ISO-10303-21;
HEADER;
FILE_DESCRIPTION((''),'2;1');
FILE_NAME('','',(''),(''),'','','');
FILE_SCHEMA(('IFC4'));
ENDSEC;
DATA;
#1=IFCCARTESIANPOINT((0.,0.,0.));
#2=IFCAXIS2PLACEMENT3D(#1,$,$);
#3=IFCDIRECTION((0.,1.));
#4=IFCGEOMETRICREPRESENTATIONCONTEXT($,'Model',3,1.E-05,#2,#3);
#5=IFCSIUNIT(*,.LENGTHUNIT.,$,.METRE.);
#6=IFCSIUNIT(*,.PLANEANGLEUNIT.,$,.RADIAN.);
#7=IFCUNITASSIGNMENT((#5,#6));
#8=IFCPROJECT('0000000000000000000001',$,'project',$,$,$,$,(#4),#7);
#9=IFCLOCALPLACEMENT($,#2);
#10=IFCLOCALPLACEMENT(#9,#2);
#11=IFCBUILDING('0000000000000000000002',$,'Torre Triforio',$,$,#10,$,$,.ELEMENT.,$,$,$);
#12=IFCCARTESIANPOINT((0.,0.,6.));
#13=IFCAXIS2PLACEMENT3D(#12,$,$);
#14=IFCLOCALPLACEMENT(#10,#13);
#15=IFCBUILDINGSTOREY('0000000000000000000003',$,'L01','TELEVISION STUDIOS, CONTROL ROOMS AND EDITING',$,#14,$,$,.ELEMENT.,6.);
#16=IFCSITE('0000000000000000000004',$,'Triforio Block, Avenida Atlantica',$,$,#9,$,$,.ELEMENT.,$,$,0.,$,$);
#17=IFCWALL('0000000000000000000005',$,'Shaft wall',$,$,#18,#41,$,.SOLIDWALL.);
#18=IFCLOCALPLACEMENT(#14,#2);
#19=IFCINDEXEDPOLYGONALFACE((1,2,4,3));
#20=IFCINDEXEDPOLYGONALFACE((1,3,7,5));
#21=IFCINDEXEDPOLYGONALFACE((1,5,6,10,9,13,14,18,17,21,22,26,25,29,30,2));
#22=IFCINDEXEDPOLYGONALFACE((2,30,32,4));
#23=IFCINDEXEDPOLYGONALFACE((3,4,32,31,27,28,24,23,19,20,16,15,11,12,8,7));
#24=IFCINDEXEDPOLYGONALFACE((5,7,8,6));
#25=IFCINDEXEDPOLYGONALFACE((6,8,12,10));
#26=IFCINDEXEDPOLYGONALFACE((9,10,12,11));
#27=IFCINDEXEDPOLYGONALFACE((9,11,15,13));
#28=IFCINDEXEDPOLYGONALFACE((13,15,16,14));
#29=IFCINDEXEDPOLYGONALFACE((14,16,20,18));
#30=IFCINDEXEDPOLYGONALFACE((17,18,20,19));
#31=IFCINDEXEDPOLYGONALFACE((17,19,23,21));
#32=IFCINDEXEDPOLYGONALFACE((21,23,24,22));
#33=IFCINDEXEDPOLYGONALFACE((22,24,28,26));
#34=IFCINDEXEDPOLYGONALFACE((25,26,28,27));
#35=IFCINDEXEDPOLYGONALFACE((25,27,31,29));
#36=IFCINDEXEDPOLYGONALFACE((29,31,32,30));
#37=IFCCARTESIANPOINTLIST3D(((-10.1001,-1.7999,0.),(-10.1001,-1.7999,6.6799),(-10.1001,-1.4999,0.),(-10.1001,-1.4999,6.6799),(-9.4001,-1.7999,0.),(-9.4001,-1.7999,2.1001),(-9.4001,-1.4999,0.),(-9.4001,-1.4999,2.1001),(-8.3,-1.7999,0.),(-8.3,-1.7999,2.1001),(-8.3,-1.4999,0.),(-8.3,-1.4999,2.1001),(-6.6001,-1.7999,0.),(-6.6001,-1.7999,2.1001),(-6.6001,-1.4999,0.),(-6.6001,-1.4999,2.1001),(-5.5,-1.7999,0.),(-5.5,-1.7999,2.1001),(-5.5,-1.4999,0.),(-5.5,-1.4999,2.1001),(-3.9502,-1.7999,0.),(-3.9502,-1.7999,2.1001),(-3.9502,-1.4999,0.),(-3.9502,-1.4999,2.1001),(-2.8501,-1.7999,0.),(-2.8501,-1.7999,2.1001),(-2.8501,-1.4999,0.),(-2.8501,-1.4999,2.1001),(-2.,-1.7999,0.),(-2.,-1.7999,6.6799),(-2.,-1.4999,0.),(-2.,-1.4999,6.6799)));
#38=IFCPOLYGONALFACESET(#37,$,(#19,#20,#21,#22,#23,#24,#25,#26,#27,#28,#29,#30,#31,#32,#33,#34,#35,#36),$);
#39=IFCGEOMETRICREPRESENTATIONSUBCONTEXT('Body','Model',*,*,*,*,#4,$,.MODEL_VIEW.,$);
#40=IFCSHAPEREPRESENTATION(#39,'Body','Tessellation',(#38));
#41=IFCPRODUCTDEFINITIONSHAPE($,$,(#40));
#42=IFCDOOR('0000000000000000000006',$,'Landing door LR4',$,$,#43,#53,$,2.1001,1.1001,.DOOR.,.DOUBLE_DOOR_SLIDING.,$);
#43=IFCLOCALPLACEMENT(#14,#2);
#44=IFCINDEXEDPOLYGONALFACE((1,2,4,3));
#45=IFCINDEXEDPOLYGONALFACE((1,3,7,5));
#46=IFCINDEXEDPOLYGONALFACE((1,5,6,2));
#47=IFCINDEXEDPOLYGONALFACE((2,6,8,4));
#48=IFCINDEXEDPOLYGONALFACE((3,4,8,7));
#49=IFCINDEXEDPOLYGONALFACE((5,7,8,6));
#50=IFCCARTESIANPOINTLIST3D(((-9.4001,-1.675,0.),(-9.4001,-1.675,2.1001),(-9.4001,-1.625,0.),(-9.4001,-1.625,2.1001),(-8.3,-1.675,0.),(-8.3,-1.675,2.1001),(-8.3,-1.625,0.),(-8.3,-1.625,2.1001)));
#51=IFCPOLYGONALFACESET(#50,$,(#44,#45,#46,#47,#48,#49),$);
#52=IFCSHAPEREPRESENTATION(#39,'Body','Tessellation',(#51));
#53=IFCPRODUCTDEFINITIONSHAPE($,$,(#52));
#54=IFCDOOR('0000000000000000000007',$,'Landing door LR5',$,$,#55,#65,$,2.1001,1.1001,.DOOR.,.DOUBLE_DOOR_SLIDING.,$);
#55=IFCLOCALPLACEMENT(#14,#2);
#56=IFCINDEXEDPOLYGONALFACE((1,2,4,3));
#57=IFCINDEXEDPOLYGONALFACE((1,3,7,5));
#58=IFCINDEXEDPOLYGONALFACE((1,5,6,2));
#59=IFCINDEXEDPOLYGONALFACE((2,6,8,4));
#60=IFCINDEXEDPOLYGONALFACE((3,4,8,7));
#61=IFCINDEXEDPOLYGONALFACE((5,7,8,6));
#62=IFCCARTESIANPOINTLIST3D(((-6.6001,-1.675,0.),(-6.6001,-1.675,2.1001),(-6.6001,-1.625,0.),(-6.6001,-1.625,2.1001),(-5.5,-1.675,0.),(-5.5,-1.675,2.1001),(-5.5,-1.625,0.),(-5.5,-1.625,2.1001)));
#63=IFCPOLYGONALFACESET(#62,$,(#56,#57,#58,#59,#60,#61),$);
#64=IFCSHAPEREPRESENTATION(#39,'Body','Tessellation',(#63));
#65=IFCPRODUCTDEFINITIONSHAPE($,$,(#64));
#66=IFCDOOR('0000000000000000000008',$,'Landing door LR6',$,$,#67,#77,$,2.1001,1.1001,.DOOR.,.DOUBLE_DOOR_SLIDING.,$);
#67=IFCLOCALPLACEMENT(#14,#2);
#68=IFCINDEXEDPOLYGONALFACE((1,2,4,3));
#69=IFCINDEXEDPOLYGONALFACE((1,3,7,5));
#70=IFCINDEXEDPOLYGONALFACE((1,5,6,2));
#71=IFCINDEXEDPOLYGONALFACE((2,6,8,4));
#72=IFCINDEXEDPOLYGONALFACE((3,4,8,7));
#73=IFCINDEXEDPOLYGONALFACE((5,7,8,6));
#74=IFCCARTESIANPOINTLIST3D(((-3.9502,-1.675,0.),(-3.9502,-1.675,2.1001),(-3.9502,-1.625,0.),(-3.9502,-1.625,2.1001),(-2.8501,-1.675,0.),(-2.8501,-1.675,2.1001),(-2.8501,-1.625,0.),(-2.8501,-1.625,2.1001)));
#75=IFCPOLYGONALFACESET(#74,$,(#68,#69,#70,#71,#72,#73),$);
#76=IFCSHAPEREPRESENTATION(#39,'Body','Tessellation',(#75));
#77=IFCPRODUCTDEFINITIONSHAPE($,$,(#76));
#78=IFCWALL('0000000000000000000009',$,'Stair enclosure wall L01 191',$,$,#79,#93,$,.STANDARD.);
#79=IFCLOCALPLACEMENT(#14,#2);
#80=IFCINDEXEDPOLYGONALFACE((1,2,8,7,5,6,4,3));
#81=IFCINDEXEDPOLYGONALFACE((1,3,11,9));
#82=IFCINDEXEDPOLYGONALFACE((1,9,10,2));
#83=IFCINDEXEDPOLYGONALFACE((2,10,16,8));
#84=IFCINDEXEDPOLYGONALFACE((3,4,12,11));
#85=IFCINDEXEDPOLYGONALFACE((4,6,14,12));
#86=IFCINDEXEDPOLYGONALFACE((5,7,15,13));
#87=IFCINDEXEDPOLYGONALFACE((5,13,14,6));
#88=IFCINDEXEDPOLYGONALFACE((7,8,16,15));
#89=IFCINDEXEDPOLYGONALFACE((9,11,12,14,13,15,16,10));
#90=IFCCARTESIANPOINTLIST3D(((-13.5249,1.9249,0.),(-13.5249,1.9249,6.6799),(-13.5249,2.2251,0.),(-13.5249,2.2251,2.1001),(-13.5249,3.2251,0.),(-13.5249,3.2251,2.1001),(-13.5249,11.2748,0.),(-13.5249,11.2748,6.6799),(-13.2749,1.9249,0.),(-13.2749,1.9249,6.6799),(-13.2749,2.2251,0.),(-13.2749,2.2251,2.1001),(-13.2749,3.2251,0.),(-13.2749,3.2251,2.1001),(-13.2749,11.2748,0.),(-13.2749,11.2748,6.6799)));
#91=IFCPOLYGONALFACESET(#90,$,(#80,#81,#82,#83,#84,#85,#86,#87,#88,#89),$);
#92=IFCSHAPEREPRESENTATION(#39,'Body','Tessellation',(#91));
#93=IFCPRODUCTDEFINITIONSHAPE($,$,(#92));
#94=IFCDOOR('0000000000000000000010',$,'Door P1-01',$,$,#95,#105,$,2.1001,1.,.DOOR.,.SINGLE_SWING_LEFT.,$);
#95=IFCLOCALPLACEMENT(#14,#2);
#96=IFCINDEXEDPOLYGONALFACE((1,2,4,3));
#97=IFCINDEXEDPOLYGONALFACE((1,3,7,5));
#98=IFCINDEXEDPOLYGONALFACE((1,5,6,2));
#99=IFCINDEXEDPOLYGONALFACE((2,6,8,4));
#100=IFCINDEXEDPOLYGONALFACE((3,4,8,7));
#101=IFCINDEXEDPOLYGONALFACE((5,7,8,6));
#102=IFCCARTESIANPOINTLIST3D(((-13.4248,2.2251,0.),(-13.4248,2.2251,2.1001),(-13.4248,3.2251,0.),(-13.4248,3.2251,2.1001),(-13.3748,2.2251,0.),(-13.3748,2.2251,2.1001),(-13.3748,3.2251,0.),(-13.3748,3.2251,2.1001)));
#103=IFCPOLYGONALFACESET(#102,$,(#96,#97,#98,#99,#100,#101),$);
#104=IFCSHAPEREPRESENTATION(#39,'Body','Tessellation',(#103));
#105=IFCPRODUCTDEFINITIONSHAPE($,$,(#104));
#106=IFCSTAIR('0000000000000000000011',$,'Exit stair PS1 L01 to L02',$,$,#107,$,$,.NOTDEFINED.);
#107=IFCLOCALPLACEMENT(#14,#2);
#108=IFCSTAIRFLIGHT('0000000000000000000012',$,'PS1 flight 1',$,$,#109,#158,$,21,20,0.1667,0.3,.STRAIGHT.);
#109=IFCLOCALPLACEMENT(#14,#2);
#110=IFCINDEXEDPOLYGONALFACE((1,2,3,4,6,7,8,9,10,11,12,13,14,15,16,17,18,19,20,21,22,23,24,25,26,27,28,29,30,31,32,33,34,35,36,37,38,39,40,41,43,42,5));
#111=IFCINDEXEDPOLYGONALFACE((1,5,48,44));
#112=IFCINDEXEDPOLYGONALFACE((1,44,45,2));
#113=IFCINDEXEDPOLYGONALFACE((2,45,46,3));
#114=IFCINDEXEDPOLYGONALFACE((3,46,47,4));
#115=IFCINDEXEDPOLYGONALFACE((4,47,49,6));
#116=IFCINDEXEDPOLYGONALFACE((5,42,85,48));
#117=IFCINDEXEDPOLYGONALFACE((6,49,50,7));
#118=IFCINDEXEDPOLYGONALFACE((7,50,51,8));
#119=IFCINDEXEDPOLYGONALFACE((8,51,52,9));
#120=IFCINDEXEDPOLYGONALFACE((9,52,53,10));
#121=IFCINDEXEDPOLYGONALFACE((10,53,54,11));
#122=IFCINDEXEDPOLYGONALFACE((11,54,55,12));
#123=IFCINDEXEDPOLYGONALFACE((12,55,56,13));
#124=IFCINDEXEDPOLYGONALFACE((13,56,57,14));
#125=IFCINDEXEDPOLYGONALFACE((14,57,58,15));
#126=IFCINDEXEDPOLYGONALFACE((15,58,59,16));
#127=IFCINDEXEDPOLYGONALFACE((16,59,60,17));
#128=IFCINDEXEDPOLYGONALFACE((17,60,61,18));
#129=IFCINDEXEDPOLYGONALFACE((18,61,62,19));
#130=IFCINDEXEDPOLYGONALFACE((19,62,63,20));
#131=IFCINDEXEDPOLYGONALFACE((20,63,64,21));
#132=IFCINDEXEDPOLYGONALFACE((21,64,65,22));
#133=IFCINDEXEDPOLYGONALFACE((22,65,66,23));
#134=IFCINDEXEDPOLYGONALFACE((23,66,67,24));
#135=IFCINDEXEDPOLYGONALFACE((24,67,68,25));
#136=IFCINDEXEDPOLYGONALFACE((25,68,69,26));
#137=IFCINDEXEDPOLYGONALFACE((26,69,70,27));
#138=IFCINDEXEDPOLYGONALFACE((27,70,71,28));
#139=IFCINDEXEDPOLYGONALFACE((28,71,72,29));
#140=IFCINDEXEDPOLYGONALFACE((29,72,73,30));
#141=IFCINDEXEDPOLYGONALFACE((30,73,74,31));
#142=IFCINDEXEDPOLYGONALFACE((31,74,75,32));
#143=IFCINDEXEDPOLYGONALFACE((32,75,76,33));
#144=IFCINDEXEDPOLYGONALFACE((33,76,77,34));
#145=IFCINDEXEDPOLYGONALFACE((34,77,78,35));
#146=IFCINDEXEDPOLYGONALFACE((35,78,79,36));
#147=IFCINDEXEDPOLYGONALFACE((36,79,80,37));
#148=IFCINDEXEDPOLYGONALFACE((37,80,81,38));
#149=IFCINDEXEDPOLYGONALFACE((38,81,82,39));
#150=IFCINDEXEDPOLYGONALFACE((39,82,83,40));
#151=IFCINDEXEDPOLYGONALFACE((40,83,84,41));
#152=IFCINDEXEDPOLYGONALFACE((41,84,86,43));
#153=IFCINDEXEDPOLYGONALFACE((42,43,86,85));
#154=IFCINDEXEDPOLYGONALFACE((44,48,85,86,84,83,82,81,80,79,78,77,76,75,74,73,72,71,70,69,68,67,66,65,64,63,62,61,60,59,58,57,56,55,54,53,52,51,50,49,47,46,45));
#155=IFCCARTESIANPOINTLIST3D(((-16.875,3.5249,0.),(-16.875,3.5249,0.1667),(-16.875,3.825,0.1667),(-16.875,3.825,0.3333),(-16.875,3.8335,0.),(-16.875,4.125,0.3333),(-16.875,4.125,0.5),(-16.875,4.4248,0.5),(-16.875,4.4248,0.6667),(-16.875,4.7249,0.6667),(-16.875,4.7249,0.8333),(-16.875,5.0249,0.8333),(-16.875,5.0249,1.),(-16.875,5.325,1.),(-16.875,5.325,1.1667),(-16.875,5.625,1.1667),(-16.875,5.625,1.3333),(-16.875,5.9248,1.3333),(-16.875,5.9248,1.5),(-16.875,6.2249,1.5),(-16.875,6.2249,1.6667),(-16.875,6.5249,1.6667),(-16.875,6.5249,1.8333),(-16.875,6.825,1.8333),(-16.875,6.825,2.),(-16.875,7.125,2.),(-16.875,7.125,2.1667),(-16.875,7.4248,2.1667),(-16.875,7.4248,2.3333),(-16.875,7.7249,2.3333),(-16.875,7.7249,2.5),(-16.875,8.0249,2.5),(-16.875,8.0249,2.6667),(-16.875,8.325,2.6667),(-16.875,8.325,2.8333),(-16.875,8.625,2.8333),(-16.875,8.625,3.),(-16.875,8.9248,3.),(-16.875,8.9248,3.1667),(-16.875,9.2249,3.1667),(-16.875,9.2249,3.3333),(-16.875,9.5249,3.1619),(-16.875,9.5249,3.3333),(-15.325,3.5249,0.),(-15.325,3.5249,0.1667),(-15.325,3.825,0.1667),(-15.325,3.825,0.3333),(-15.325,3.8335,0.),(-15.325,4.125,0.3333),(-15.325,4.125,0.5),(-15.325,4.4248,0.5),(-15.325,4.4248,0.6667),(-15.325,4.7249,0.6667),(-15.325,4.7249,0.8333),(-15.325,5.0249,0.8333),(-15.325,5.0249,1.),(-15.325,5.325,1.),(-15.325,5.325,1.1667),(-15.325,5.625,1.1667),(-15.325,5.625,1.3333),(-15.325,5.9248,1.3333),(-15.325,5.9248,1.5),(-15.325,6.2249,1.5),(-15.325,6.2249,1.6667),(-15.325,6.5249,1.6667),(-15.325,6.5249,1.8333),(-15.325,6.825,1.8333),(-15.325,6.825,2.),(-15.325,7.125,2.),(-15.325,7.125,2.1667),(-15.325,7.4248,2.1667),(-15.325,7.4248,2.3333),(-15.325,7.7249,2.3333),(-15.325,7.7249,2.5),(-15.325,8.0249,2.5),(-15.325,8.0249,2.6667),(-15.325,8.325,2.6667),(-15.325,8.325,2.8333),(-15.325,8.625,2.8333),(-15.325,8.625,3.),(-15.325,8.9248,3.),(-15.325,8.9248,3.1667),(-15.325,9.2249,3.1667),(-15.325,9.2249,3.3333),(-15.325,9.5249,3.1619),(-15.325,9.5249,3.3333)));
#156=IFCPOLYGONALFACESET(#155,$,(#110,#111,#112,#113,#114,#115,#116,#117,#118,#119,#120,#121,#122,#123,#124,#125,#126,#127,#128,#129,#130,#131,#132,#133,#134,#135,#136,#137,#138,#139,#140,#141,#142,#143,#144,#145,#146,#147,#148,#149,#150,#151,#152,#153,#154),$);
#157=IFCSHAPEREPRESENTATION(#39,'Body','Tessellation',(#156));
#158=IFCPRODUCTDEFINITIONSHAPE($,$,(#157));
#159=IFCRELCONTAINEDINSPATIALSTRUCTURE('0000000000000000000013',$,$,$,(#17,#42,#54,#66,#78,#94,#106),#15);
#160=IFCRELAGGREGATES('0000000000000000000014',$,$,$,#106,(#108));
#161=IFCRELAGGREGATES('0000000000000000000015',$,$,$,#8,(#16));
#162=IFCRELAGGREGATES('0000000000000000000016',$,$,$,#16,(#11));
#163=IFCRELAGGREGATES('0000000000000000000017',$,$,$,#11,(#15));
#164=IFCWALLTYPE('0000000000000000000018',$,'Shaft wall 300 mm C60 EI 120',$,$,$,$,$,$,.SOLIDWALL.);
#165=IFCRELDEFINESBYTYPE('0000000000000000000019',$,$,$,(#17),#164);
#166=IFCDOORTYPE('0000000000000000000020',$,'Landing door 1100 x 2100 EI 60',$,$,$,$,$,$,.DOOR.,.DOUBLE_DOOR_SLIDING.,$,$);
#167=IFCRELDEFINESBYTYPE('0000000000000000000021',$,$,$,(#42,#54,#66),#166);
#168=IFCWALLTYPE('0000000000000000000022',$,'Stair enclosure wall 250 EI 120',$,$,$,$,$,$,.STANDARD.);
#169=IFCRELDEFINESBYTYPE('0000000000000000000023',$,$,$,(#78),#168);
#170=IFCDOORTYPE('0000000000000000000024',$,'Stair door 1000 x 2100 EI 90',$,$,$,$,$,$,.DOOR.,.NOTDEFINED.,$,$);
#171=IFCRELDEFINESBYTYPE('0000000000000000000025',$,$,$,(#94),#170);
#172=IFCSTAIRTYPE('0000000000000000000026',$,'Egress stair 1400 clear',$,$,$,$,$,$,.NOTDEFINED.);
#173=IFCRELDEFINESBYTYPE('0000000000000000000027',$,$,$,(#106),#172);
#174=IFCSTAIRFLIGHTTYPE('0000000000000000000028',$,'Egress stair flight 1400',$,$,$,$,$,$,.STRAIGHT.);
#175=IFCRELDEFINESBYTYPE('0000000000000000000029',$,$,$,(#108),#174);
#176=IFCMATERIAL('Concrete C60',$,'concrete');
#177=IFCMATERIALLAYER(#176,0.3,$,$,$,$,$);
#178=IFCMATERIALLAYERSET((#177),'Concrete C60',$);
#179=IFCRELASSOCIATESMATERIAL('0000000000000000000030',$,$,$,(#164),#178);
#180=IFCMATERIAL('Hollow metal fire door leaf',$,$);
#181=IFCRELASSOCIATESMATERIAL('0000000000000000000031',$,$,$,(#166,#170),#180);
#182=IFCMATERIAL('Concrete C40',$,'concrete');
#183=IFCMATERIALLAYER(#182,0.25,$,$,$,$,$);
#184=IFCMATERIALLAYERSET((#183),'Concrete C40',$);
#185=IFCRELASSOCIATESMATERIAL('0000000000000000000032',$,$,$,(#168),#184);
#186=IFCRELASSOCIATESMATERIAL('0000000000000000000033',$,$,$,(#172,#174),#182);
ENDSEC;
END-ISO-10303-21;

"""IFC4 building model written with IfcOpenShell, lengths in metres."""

from ifc_helpers import new_model, si_unit, direction, frame, frame_2d, origin, place, context, subcontext, project, spatial, polyline, rectangle, outline, extrude, material, layer, layer_set, type_object, element, fill, aggregate, save


model = new_model("IFC4")

# Units and contexts
model_context = context("Model", 3, precision=1e-05, world=origin(), true_north=direction((0.0, 1.0)))
body_context = subcontext(model_context, "Body", "Model", "MODEL_VIEW")
ifc_project = project(units=[si_unit("LENGTHUNIT", "METRE"), si_unit("PLANEANGLEUNIT", "RADIAN")], contexts=[model_context])

# Site, building, storey
site_placement = place(None, origin())
site = spatial("IfcSite", under=ifc_project, at=site_placement, Name="Triforio Block, Avenida Atlantica", CompositionType="ELEMENT", RefElevation=0.0)
building_placement = place(site_placement, origin())
building = spatial("IfcBuilding", under=site, at=building_placement, Name="Torre Triforio", CompositionType="ELEMENT")
storey_placement = place(building_placement, frame((0.0, 0.0, 6.0)))
storey = spatial("IfcBuildingStorey", under=building, at=storey_placement, Name="L01", Description="TELEVISION STUDIOS, CONTROL ROOMS AND EDITING", CompositionType="ELEMENT", Elevation=6.0)

# Shared definitions
ifc_material_1 = material(Name="Concrete C60", Category="concrete")
ifc_material_2 = material(Name="Hollow metal fire door leaf")

# Wall, openings, doors
ifc_layer_1 = layer(ifc_material_1, 0.3)
ifc_layer_set_1 = layer_set([ifc_layer_1], Name="Concrete C60")
wall_type_1 = type_object("IfcWallType", Name="Shaft wall 300 mm C60 EI 120", PredefinedType="SOLIDWALL", material=ifc_layer_set_1)
door_type_1 = type_object("IfcDoorType", Name="Landing door 1100 x 2100 EI 60", OperationType="DOUBLE_DOOR_SLIDING", PredefinedType="DOOR", material=ifc_material_2)
wall_1_placement = place(storey_placement, frame((-10.1001, -1.6499, 0.0), z_axis=(0.0, 0.0, 1.0), x_axis=(1.0, 0.0, 0.0)))
wall_1 = element("IfcWall", 1, at=wall_1_placement, inside=storey, type_object=wall_type_1, Name="Shaft wall", PredefinedType="SOLIDWALL", context=body_context, shape_type="SweptSolid", body=[
    extrude(rectangle(XDim=8.1001, YDim=0.3, at=frame_2d((4.05, 0.0))), origin(), (0.0, 0.0, 1.0), 6.6799),
])
opening_1_placement = place(wall_1_placement, frame((0.7, 0.0, 0.0)))
opening_1 = element("IfcOpeningElement", 2, at=opening_1_placement, cuts=wall_1, PredefinedType="OPENING", context=body_context, shape_type="SweptSolid", body=[
    extrude(rectangle(XDim=1.1001, YDim=2.1001, at=frame_2d((0.55, 1.05))), frame((0.0, 0.1599, 0.0), z_axis=(0.0, -1.0, 0.0), x_axis=(1.0, 0.0, 0.0)), (0.0, 0.0, 1.0), 0.3201),
])
opening_2_placement = place(wall_1_placement, frame((3.5, 0.0, 0.0)))
opening_2 = element("IfcOpeningElement", 3, at=opening_2_placement, cuts=wall_1, PredefinedType="OPENING", context=body_context, shape_type="SweptSolid", body=[
    extrude(rectangle(XDim=1.1001, YDim=2.1001, at=frame_2d((0.55, 1.05))), frame((0.0, 0.1599, 0.0), z_axis=(0.0, -1.0, 0.0), x_axis=(1.0, 0.0, 0.0)), (0.0, 0.0, 1.0), 0.3201),
])
opening_3_placement = place(wall_1_placement, frame((6.1499, 0.0, 0.0)))
opening_3 = element("IfcOpeningElement", 4, at=opening_3_placement, cuts=wall_1, PredefinedType="OPENING", context=body_context, shape_type="SweptSolid", body=[
    extrude(rectangle(XDim=1.1001, YDim=2.1001, at=frame_2d((0.55, 1.05))), frame((0.0, 0.1599, 0.0), z_axis=(0.0, -1.0, 0.0), x_axis=(1.0, 0.0, 0.0)), (0.0, 0.0, 1.0), 0.3201),
])
door_1_placement = place(opening_1_placement, origin())
door_1 = element("IfcDoor", 5, at=door_1_placement, inside=storey, type_object=door_type_1, Name="Landing door LR4", OperationType="DOUBLE_DOOR_SLIDING", OverallHeight=2.1001, OverallWidth=1.1001, PredefinedType="DOOR", context=body_context, shape_type="SweptSolid", body=[
    extrude(rectangle(XDim=1.1001, YDim=2.1001, at=frame_2d((0.55, 1.05))), frame((0.0, 0.0249, 0.0), z_axis=(0.0, -1.0, 0.0), x_axis=(1.0, 0.0, 0.0)), (0.0, 0.0, 1.0), 0.05),
])
fill(opening_1, door_1)
door_2_placement = place(opening_2_placement, origin())
door_2 = element("IfcDoor", 6, at=door_2_placement, inside=storey, type_object=door_type_1, Name="Landing door LR5", OperationType="DOUBLE_DOOR_SLIDING", OverallHeight=2.1001, OverallWidth=1.1001, PredefinedType="DOOR", context=body_context, shape_type="SweptSolid", body=[
    extrude(rectangle(XDim=1.1001, YDim=2.1001, at=frame_2d((0.55, 1.05))), frame((0.0, 0.0249, 0.0), z_axis=(0.0, -1.0, 0.0), x_axis=(1.0, 0.0, 0.0)), (0.0, 0.0, 1.0), 0.05),
])
fill(opening_2, door_2)
door_3_placement = place(opening_3_placement, origin())
door_3 = element("IfcDoor", 7, at=door_3_placement, inside=storey, type_object=door_type_1, Name="Landing door LR6", OperationType="DOUBLE_DOOR_SLIDING", OverallHeight=2.1001, OverallWidth=1.1001, PredefinedType="DOOR", context=body_context, shape_type="SweptSolid", body=[
    extrude(rectangle(XDim=1.1001, YDim=2.1001, at=frame_2d((0.55, 1.05))), frame((0.0, 0.0249, 0.0), z_axis=(0.0, -1.0, 0.0), x_axis=(1.0, 0.0, 0.0)), (0.0, 0.0, 1.0), 0.05),
])
fill(opening_3, door_3)

# Wall, opening, door
ifc_material_3 = material(Name="Concrete C40", Category="concrete")
ifc_layer_2 = layer(ifc_material_3, 0.25)
ifc_layer_set_2 = layer_set([ifc_layer_2], Name="Concrete C40")
wall_type_2 = type_object("IfcWallType", Name="Stair enclosure wall 250 EI 120", PredefinedType="STANDARD", material=ifc_layer_set_2)
wall_2_placement = place(storey_placement, frame((-13.3999, 1.925, 0.0), z_axis=(0.0, 0.0, 1.0), x_axis=(0.0, 1.0, 0.0)))
wall_2 = element("IfcWall", 8, at=wall_2_placement, inside=storey, type_object=wall_type_2, Name="Stair enclosure wall L01 191", PredefinedType="STANDARD", context=body_context, shape_type="SweptSolid", body=[
    extrude(rectangle(XDim=9.3499, YDim=0.25, at=frame_2d((4.6748, 0.0))), origin(), (0.0, 0.0, 1.0), 6.6799),
])
opening_4_placement = place(wall_2_placement, frame((0.3, 0.0, 0.0)))
opening_4 = element("IfcOpeningElement", 9, at=opening_4_placement, cuts=wall_2, PredefinedType="OPENING", context=body_context, shape_type="SweptSolid", body=[
    extrude(rectangle(XDim=1.0, YDim=2.1001, at=frame_2d((0.5, 1.05))), frame((0.0, 0.135, 0.0), z_axis=(0.0, -1.0, 0.0), x_axis=(1.0, 0.0, 0.0)), (0.0, 0.0, 1.0), 0.27),
])
door_type_2 = type_object("IfcDoorType", Name="Stair door 1000 x 2100 EI 90", OperationType="NOTDEFINED", PredefinedType="DOOR", material=ifc_material_2)
door_4_placement = place(opening_4_placement, origin())
door_4 = element("IfcDoor", 10, at=door_4_placement, inside=storey, type_object=door_type_2, Name="Door P1-01", OperationType="SINGLE_SWING_LEFT", OverallHeight=2.1001, OverallWidth=1.0, PredefinedType="DOOR", context=body_context, shape_type="SweptSolid", body=[
    extrude(rectangle(XDim=1.0, YDim=2.1001, at=frame_2d((0.5, 1.05))), frame((0.0, 0.0249, 0.0), z_axis=(0.0, -1.0, 0.0), x_axis=(1.0, 0.0, 0.0)), (0.0, 0.0, 1.0), 0.05),
])
fill(opening_4, door_4)

# Stair, stair flight
stair_type = type_object("IfcStairType", Name="Egress stair 1400 clear", PredefinedType="NOTDEFINED", material=ifc_material_3)
stair_placement = place(storey_placement, origin())
stair = element("IfcStair", 11, at=stair_placement, inside=storey, type_object=stair_type, Name="Exit stair PS1 L01 to L02", PredefinedType="NOTDEFINED")
stair_flight_type = type_object("IfcStairFlightType", Name="Egress stair flight 1400", PredefinedType="STRAIGHT", material=ifc_material_3)
stair_flight_1_placement = place(storey_placement, frame((-16.1001, 3.5249, 0.0), z_axis=(0.0, 0.0, 1.0), x_axis=(0.0, 1.0, 0.0)))
stair_flight_1 = element("IfcStairFlight", 12, at=stair_flight_1_placement, type_object=stair_flight_type, Name="PS1 flight 1", NumberOfRisers=21, NumberOfTreads=20, PredefinedType="STRAIGHT", RiserHeight=0.1667, TreadLength=0.3, context=body_context, shape_type="SweptSolid", body=[
    extrude(outline(polyline([(0.0, 0.0), (0.0, 0.1667), (0.3, 0.1667), (0.3, 0.3333), (0.6001, 0.3333), (0.6001, 0.5), (0.8999, 0.5), (0.8999, 0.6667), (1.2, 0.6667), (1.2, 0.8333), (1.5, 0.8333), (1.5, 1.0), (1.8, 1.0), (1.8, 1.1667), (2.1001, 1.1667), (2.1001, 1.3333), (2.3999, 1.3333), (2.3999, 1.5), (2.7, 1.5), (2.7, 1.6667), (3.0, 1.6667), (3.0, 1.8333), (3.3, 1.8333), (3.3, 2.0), (3.6001, 2.0), (3.6001, 2.1667), (3.8999, 2.1667), (3.8999, 2.3333), (4.2, 2.3333), (4.2, 2.5), (4.5, 2.5), (4.5, 2.6667), (4.8, 2.6667), (4.8, 2.8333), (5.1001, 2.8333), (5.1001, 3.0), (5.3999, 3.0), (5.3999, 3.1667), (5.7, 3.1667), (5.7, 3.3333), (6.0, 3.3333), (6.0, 3.5), (6.0, 3.1619), (0.3086, 0.0), (0.0, 0.0)])), frame((0.0, 0.7749, 0.0), z_axis=(0.0, -1.0, 0.0), x_axis=(1.0, 0.0, 0.0)), (0.0, 0.0, 1.0), 1.55),
])
aggregate(stair, [stair_flight_1])

save(model, "model.ifc")
